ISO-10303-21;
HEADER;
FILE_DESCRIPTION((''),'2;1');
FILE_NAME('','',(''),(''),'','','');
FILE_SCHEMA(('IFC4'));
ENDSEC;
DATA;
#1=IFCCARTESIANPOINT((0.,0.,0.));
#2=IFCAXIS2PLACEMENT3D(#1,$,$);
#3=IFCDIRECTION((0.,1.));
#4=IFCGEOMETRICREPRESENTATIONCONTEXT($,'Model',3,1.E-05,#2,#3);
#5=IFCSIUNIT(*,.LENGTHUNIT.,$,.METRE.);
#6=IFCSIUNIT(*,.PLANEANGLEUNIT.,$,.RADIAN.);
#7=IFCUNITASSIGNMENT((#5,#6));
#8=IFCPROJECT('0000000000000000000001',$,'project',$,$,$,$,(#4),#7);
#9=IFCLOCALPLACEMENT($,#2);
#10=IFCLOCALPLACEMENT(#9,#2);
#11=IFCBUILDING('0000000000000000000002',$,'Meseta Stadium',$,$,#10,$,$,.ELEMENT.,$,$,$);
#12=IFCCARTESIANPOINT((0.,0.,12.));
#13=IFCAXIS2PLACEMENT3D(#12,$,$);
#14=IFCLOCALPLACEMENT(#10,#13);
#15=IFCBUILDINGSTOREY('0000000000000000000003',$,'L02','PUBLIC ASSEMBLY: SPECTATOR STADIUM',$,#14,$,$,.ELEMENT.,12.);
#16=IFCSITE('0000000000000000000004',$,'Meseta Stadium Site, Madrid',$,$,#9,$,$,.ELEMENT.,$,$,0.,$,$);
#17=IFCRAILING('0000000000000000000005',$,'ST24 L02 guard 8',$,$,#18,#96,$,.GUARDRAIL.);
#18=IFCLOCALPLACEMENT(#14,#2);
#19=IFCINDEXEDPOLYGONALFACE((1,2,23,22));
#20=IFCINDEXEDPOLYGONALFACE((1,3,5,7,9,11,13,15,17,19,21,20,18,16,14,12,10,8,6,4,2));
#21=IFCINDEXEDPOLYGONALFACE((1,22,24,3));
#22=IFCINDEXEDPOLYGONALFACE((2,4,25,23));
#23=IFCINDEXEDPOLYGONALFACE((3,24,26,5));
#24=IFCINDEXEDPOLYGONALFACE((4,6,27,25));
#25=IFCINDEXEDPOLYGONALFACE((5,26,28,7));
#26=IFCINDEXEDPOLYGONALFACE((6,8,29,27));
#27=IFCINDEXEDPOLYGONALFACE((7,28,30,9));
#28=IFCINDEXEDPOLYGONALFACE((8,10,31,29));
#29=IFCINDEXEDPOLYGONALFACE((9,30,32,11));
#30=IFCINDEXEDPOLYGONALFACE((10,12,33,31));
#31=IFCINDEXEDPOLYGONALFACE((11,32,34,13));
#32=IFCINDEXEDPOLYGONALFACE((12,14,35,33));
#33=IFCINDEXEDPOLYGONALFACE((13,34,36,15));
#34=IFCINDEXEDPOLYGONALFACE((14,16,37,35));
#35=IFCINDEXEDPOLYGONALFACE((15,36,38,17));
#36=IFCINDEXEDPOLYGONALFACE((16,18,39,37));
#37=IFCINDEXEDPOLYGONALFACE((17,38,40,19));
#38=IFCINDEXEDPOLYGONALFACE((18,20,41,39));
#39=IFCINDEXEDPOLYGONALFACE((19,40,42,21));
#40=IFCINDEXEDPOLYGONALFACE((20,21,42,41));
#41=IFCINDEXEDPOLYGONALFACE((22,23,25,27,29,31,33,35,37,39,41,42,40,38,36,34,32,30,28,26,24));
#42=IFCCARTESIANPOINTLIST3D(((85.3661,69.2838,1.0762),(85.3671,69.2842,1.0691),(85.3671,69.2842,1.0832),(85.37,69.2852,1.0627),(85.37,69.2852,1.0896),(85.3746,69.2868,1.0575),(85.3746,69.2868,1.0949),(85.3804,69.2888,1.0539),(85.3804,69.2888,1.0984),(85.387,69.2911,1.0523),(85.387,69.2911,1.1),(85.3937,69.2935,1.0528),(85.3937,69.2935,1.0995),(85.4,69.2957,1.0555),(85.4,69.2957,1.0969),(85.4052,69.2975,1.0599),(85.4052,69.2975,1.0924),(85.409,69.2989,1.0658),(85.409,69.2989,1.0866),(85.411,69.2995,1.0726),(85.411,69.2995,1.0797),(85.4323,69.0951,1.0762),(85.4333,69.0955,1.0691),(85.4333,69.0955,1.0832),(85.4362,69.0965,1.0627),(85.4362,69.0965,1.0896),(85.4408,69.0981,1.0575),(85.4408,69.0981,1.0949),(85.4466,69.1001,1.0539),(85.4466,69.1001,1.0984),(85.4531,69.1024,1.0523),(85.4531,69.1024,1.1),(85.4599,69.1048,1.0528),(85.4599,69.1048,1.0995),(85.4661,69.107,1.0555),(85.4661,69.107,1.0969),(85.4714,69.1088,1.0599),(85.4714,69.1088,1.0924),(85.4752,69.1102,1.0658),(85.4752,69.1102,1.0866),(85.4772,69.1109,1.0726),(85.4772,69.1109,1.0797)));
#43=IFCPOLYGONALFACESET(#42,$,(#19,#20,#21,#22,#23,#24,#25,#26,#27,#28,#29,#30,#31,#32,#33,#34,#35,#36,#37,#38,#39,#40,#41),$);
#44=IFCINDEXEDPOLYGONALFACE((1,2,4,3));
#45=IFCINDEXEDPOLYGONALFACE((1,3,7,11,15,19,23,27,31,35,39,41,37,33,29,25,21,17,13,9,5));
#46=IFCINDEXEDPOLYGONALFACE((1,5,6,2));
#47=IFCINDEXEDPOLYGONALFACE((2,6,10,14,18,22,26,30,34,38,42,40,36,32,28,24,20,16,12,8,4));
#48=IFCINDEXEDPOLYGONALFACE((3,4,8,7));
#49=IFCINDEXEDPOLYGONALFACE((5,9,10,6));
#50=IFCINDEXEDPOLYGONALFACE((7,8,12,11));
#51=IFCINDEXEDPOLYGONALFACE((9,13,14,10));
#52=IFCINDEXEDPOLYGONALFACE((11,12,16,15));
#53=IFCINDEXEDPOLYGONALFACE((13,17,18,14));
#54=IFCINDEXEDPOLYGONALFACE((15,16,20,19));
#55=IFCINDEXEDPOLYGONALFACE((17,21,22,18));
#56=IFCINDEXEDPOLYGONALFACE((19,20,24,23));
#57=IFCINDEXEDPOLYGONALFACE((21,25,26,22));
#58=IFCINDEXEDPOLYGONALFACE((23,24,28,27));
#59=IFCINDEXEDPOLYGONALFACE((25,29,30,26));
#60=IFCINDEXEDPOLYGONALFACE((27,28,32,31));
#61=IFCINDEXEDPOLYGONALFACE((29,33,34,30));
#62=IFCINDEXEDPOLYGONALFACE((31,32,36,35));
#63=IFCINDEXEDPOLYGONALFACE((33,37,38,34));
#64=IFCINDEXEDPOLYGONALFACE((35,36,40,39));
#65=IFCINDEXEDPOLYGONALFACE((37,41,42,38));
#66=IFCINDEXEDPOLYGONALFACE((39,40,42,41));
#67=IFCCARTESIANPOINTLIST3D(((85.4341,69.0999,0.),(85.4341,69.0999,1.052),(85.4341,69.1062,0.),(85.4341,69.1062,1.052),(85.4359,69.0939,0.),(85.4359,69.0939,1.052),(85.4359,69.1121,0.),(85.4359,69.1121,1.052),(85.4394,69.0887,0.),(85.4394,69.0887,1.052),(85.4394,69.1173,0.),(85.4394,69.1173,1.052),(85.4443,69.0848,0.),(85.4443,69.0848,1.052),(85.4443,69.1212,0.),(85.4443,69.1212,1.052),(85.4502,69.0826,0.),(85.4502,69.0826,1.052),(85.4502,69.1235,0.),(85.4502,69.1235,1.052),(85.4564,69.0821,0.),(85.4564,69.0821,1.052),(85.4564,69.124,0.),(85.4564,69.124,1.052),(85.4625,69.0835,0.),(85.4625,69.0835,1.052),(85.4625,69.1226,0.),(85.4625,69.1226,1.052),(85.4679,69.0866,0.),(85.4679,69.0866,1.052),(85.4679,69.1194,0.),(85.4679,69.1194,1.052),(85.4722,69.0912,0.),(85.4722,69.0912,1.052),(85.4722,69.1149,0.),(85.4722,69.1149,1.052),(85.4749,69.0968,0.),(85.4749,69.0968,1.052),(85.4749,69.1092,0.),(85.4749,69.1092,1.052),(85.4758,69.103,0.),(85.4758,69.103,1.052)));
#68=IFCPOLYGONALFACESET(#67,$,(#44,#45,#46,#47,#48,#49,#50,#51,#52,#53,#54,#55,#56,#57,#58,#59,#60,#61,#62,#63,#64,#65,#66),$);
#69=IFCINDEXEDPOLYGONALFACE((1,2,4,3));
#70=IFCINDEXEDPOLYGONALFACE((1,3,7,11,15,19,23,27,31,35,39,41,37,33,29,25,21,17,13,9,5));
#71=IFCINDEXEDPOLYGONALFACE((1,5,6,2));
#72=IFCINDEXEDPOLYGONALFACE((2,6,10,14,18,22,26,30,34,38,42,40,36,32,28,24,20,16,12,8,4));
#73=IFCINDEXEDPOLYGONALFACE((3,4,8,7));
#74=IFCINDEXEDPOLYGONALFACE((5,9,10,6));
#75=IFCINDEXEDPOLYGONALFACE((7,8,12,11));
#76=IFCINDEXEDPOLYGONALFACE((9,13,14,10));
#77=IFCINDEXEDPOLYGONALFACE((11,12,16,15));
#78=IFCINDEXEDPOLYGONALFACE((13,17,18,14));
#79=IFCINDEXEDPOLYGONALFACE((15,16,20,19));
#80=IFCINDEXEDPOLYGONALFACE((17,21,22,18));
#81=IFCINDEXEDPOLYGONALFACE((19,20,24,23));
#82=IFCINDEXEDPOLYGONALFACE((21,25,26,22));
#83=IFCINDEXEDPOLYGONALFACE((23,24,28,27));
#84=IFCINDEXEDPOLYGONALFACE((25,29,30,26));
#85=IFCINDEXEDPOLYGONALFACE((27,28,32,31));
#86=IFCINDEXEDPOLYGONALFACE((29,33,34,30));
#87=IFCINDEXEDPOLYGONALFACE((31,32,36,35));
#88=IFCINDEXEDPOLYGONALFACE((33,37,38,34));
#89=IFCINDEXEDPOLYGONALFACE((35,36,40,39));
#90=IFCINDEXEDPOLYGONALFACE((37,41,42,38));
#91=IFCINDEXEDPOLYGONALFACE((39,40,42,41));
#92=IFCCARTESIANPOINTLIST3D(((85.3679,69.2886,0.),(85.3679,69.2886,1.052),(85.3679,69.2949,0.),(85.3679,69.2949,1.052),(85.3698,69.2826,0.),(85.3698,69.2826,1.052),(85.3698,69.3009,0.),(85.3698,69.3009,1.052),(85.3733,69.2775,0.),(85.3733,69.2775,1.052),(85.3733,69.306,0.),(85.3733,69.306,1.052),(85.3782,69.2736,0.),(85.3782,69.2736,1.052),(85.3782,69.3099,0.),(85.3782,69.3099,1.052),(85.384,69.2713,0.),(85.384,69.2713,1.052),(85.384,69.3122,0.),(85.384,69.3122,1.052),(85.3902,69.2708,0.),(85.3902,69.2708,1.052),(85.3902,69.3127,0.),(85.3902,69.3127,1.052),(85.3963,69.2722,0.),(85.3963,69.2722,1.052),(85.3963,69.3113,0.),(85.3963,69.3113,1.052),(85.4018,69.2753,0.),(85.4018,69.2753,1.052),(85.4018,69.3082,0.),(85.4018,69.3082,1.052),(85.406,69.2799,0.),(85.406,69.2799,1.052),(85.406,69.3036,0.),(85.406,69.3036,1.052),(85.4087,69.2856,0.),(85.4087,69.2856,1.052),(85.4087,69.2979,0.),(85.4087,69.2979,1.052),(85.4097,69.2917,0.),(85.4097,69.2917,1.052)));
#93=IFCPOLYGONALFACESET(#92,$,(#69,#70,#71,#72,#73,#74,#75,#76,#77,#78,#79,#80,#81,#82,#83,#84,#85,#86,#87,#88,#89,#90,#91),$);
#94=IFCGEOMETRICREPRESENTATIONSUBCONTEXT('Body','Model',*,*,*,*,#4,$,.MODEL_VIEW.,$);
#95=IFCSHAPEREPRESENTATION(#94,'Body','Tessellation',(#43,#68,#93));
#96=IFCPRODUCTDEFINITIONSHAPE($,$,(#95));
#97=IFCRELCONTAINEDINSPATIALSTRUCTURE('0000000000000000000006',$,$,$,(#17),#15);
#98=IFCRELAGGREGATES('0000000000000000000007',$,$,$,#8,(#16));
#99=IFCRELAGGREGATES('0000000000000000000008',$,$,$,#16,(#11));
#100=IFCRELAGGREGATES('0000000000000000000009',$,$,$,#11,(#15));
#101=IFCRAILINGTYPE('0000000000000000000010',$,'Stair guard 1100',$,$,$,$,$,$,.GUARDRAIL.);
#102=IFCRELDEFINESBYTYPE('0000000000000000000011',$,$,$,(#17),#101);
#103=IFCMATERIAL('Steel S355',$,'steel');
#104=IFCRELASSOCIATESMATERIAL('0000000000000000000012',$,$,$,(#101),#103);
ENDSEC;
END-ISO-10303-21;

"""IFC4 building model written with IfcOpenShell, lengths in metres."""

from ifc_helpers import new_model, si_unit, direction, frame, origin, origin_2d, place, context, subcontext, project, spatial, circle, extrude, material, type_object, element, save


model = new_model("IFC4")

# Units and contexts
model_context = context("Model", 3, precision=1e-05, world=origin(), true_north=direction((0.0, 1.0)))
body_context = subcontext(model_context, "Body", "Model", "MODEL_VIEW")
ifc_project = project(units=[si_unit("LENGTHUNIT", "METRE"), si_unit("PLANEANGLEUNIT", "RADIAN")], contexts=[model_context])

# Site, building, storey
site_placement = place(None, origin())
site = spatial("IfcSite", under=ifc_project, at=site_placement, Name="Meseta Stadium Site, Madrid", CompositionType="ELEMENT", RefElevation=0.0)
building_placement = place(site_placement, origin())
building = spatial("IfcBuilding", under=site, at=building_placement, Name="Meseta Stadium", CompositionType="ELEMENT")
storey_placement = place(building_placement, frame((0.0, 0.0, 12.0)))
storey = spatial("IfcBuildingStorey", under=building, at=storey_placement, Name="L02", Description="PUBLIC ASSEMBLY: SPECTATOR STADIUM", CompositionType="ELEMENT", Elevation=12.0)

# Railing
ifc_material_1 = material(Name="Steel S355", Category="steel")
railing_type_1 = type_object("IfcRailingType", Name="Stair guard 1100", PredefinedType="GUARDRAIL", material=ifc_material_1)
railing_1_placement = place(storey_placement, frame((85.4548, 69.103, 0.0)))
element("IfcRailing", 1, at=railing_1_placement, inside=storey, type_object=railing_type_1, Name="ST24 L02 guard 8", PredefinedType="GUARDRAIL", context=body_context, shape_type="SweptSolid", body=[
    extrude(circle(Radius=0.0239, at=origin_2d()), frame((0.0, 0.0, 1.0762), z_axis=(-0.33084, 0.943687, 0.0), x_axis=(-0.943687, -0.33084, 0.0)), (0.0, 0.0, 1.0), 0.2),
    extrude(circle(Radius=0.021, at=origin_2d()), origin(), (0.0, 0.0, 1.0), 1.052),
    extrude(circle(Radius=0.021, at=origin_2d()), frame((-0.0662, 0.1887, 0.0)), (0.0, 0.0, 1.0), 1.052),
])

save(model, "model.ifc")
